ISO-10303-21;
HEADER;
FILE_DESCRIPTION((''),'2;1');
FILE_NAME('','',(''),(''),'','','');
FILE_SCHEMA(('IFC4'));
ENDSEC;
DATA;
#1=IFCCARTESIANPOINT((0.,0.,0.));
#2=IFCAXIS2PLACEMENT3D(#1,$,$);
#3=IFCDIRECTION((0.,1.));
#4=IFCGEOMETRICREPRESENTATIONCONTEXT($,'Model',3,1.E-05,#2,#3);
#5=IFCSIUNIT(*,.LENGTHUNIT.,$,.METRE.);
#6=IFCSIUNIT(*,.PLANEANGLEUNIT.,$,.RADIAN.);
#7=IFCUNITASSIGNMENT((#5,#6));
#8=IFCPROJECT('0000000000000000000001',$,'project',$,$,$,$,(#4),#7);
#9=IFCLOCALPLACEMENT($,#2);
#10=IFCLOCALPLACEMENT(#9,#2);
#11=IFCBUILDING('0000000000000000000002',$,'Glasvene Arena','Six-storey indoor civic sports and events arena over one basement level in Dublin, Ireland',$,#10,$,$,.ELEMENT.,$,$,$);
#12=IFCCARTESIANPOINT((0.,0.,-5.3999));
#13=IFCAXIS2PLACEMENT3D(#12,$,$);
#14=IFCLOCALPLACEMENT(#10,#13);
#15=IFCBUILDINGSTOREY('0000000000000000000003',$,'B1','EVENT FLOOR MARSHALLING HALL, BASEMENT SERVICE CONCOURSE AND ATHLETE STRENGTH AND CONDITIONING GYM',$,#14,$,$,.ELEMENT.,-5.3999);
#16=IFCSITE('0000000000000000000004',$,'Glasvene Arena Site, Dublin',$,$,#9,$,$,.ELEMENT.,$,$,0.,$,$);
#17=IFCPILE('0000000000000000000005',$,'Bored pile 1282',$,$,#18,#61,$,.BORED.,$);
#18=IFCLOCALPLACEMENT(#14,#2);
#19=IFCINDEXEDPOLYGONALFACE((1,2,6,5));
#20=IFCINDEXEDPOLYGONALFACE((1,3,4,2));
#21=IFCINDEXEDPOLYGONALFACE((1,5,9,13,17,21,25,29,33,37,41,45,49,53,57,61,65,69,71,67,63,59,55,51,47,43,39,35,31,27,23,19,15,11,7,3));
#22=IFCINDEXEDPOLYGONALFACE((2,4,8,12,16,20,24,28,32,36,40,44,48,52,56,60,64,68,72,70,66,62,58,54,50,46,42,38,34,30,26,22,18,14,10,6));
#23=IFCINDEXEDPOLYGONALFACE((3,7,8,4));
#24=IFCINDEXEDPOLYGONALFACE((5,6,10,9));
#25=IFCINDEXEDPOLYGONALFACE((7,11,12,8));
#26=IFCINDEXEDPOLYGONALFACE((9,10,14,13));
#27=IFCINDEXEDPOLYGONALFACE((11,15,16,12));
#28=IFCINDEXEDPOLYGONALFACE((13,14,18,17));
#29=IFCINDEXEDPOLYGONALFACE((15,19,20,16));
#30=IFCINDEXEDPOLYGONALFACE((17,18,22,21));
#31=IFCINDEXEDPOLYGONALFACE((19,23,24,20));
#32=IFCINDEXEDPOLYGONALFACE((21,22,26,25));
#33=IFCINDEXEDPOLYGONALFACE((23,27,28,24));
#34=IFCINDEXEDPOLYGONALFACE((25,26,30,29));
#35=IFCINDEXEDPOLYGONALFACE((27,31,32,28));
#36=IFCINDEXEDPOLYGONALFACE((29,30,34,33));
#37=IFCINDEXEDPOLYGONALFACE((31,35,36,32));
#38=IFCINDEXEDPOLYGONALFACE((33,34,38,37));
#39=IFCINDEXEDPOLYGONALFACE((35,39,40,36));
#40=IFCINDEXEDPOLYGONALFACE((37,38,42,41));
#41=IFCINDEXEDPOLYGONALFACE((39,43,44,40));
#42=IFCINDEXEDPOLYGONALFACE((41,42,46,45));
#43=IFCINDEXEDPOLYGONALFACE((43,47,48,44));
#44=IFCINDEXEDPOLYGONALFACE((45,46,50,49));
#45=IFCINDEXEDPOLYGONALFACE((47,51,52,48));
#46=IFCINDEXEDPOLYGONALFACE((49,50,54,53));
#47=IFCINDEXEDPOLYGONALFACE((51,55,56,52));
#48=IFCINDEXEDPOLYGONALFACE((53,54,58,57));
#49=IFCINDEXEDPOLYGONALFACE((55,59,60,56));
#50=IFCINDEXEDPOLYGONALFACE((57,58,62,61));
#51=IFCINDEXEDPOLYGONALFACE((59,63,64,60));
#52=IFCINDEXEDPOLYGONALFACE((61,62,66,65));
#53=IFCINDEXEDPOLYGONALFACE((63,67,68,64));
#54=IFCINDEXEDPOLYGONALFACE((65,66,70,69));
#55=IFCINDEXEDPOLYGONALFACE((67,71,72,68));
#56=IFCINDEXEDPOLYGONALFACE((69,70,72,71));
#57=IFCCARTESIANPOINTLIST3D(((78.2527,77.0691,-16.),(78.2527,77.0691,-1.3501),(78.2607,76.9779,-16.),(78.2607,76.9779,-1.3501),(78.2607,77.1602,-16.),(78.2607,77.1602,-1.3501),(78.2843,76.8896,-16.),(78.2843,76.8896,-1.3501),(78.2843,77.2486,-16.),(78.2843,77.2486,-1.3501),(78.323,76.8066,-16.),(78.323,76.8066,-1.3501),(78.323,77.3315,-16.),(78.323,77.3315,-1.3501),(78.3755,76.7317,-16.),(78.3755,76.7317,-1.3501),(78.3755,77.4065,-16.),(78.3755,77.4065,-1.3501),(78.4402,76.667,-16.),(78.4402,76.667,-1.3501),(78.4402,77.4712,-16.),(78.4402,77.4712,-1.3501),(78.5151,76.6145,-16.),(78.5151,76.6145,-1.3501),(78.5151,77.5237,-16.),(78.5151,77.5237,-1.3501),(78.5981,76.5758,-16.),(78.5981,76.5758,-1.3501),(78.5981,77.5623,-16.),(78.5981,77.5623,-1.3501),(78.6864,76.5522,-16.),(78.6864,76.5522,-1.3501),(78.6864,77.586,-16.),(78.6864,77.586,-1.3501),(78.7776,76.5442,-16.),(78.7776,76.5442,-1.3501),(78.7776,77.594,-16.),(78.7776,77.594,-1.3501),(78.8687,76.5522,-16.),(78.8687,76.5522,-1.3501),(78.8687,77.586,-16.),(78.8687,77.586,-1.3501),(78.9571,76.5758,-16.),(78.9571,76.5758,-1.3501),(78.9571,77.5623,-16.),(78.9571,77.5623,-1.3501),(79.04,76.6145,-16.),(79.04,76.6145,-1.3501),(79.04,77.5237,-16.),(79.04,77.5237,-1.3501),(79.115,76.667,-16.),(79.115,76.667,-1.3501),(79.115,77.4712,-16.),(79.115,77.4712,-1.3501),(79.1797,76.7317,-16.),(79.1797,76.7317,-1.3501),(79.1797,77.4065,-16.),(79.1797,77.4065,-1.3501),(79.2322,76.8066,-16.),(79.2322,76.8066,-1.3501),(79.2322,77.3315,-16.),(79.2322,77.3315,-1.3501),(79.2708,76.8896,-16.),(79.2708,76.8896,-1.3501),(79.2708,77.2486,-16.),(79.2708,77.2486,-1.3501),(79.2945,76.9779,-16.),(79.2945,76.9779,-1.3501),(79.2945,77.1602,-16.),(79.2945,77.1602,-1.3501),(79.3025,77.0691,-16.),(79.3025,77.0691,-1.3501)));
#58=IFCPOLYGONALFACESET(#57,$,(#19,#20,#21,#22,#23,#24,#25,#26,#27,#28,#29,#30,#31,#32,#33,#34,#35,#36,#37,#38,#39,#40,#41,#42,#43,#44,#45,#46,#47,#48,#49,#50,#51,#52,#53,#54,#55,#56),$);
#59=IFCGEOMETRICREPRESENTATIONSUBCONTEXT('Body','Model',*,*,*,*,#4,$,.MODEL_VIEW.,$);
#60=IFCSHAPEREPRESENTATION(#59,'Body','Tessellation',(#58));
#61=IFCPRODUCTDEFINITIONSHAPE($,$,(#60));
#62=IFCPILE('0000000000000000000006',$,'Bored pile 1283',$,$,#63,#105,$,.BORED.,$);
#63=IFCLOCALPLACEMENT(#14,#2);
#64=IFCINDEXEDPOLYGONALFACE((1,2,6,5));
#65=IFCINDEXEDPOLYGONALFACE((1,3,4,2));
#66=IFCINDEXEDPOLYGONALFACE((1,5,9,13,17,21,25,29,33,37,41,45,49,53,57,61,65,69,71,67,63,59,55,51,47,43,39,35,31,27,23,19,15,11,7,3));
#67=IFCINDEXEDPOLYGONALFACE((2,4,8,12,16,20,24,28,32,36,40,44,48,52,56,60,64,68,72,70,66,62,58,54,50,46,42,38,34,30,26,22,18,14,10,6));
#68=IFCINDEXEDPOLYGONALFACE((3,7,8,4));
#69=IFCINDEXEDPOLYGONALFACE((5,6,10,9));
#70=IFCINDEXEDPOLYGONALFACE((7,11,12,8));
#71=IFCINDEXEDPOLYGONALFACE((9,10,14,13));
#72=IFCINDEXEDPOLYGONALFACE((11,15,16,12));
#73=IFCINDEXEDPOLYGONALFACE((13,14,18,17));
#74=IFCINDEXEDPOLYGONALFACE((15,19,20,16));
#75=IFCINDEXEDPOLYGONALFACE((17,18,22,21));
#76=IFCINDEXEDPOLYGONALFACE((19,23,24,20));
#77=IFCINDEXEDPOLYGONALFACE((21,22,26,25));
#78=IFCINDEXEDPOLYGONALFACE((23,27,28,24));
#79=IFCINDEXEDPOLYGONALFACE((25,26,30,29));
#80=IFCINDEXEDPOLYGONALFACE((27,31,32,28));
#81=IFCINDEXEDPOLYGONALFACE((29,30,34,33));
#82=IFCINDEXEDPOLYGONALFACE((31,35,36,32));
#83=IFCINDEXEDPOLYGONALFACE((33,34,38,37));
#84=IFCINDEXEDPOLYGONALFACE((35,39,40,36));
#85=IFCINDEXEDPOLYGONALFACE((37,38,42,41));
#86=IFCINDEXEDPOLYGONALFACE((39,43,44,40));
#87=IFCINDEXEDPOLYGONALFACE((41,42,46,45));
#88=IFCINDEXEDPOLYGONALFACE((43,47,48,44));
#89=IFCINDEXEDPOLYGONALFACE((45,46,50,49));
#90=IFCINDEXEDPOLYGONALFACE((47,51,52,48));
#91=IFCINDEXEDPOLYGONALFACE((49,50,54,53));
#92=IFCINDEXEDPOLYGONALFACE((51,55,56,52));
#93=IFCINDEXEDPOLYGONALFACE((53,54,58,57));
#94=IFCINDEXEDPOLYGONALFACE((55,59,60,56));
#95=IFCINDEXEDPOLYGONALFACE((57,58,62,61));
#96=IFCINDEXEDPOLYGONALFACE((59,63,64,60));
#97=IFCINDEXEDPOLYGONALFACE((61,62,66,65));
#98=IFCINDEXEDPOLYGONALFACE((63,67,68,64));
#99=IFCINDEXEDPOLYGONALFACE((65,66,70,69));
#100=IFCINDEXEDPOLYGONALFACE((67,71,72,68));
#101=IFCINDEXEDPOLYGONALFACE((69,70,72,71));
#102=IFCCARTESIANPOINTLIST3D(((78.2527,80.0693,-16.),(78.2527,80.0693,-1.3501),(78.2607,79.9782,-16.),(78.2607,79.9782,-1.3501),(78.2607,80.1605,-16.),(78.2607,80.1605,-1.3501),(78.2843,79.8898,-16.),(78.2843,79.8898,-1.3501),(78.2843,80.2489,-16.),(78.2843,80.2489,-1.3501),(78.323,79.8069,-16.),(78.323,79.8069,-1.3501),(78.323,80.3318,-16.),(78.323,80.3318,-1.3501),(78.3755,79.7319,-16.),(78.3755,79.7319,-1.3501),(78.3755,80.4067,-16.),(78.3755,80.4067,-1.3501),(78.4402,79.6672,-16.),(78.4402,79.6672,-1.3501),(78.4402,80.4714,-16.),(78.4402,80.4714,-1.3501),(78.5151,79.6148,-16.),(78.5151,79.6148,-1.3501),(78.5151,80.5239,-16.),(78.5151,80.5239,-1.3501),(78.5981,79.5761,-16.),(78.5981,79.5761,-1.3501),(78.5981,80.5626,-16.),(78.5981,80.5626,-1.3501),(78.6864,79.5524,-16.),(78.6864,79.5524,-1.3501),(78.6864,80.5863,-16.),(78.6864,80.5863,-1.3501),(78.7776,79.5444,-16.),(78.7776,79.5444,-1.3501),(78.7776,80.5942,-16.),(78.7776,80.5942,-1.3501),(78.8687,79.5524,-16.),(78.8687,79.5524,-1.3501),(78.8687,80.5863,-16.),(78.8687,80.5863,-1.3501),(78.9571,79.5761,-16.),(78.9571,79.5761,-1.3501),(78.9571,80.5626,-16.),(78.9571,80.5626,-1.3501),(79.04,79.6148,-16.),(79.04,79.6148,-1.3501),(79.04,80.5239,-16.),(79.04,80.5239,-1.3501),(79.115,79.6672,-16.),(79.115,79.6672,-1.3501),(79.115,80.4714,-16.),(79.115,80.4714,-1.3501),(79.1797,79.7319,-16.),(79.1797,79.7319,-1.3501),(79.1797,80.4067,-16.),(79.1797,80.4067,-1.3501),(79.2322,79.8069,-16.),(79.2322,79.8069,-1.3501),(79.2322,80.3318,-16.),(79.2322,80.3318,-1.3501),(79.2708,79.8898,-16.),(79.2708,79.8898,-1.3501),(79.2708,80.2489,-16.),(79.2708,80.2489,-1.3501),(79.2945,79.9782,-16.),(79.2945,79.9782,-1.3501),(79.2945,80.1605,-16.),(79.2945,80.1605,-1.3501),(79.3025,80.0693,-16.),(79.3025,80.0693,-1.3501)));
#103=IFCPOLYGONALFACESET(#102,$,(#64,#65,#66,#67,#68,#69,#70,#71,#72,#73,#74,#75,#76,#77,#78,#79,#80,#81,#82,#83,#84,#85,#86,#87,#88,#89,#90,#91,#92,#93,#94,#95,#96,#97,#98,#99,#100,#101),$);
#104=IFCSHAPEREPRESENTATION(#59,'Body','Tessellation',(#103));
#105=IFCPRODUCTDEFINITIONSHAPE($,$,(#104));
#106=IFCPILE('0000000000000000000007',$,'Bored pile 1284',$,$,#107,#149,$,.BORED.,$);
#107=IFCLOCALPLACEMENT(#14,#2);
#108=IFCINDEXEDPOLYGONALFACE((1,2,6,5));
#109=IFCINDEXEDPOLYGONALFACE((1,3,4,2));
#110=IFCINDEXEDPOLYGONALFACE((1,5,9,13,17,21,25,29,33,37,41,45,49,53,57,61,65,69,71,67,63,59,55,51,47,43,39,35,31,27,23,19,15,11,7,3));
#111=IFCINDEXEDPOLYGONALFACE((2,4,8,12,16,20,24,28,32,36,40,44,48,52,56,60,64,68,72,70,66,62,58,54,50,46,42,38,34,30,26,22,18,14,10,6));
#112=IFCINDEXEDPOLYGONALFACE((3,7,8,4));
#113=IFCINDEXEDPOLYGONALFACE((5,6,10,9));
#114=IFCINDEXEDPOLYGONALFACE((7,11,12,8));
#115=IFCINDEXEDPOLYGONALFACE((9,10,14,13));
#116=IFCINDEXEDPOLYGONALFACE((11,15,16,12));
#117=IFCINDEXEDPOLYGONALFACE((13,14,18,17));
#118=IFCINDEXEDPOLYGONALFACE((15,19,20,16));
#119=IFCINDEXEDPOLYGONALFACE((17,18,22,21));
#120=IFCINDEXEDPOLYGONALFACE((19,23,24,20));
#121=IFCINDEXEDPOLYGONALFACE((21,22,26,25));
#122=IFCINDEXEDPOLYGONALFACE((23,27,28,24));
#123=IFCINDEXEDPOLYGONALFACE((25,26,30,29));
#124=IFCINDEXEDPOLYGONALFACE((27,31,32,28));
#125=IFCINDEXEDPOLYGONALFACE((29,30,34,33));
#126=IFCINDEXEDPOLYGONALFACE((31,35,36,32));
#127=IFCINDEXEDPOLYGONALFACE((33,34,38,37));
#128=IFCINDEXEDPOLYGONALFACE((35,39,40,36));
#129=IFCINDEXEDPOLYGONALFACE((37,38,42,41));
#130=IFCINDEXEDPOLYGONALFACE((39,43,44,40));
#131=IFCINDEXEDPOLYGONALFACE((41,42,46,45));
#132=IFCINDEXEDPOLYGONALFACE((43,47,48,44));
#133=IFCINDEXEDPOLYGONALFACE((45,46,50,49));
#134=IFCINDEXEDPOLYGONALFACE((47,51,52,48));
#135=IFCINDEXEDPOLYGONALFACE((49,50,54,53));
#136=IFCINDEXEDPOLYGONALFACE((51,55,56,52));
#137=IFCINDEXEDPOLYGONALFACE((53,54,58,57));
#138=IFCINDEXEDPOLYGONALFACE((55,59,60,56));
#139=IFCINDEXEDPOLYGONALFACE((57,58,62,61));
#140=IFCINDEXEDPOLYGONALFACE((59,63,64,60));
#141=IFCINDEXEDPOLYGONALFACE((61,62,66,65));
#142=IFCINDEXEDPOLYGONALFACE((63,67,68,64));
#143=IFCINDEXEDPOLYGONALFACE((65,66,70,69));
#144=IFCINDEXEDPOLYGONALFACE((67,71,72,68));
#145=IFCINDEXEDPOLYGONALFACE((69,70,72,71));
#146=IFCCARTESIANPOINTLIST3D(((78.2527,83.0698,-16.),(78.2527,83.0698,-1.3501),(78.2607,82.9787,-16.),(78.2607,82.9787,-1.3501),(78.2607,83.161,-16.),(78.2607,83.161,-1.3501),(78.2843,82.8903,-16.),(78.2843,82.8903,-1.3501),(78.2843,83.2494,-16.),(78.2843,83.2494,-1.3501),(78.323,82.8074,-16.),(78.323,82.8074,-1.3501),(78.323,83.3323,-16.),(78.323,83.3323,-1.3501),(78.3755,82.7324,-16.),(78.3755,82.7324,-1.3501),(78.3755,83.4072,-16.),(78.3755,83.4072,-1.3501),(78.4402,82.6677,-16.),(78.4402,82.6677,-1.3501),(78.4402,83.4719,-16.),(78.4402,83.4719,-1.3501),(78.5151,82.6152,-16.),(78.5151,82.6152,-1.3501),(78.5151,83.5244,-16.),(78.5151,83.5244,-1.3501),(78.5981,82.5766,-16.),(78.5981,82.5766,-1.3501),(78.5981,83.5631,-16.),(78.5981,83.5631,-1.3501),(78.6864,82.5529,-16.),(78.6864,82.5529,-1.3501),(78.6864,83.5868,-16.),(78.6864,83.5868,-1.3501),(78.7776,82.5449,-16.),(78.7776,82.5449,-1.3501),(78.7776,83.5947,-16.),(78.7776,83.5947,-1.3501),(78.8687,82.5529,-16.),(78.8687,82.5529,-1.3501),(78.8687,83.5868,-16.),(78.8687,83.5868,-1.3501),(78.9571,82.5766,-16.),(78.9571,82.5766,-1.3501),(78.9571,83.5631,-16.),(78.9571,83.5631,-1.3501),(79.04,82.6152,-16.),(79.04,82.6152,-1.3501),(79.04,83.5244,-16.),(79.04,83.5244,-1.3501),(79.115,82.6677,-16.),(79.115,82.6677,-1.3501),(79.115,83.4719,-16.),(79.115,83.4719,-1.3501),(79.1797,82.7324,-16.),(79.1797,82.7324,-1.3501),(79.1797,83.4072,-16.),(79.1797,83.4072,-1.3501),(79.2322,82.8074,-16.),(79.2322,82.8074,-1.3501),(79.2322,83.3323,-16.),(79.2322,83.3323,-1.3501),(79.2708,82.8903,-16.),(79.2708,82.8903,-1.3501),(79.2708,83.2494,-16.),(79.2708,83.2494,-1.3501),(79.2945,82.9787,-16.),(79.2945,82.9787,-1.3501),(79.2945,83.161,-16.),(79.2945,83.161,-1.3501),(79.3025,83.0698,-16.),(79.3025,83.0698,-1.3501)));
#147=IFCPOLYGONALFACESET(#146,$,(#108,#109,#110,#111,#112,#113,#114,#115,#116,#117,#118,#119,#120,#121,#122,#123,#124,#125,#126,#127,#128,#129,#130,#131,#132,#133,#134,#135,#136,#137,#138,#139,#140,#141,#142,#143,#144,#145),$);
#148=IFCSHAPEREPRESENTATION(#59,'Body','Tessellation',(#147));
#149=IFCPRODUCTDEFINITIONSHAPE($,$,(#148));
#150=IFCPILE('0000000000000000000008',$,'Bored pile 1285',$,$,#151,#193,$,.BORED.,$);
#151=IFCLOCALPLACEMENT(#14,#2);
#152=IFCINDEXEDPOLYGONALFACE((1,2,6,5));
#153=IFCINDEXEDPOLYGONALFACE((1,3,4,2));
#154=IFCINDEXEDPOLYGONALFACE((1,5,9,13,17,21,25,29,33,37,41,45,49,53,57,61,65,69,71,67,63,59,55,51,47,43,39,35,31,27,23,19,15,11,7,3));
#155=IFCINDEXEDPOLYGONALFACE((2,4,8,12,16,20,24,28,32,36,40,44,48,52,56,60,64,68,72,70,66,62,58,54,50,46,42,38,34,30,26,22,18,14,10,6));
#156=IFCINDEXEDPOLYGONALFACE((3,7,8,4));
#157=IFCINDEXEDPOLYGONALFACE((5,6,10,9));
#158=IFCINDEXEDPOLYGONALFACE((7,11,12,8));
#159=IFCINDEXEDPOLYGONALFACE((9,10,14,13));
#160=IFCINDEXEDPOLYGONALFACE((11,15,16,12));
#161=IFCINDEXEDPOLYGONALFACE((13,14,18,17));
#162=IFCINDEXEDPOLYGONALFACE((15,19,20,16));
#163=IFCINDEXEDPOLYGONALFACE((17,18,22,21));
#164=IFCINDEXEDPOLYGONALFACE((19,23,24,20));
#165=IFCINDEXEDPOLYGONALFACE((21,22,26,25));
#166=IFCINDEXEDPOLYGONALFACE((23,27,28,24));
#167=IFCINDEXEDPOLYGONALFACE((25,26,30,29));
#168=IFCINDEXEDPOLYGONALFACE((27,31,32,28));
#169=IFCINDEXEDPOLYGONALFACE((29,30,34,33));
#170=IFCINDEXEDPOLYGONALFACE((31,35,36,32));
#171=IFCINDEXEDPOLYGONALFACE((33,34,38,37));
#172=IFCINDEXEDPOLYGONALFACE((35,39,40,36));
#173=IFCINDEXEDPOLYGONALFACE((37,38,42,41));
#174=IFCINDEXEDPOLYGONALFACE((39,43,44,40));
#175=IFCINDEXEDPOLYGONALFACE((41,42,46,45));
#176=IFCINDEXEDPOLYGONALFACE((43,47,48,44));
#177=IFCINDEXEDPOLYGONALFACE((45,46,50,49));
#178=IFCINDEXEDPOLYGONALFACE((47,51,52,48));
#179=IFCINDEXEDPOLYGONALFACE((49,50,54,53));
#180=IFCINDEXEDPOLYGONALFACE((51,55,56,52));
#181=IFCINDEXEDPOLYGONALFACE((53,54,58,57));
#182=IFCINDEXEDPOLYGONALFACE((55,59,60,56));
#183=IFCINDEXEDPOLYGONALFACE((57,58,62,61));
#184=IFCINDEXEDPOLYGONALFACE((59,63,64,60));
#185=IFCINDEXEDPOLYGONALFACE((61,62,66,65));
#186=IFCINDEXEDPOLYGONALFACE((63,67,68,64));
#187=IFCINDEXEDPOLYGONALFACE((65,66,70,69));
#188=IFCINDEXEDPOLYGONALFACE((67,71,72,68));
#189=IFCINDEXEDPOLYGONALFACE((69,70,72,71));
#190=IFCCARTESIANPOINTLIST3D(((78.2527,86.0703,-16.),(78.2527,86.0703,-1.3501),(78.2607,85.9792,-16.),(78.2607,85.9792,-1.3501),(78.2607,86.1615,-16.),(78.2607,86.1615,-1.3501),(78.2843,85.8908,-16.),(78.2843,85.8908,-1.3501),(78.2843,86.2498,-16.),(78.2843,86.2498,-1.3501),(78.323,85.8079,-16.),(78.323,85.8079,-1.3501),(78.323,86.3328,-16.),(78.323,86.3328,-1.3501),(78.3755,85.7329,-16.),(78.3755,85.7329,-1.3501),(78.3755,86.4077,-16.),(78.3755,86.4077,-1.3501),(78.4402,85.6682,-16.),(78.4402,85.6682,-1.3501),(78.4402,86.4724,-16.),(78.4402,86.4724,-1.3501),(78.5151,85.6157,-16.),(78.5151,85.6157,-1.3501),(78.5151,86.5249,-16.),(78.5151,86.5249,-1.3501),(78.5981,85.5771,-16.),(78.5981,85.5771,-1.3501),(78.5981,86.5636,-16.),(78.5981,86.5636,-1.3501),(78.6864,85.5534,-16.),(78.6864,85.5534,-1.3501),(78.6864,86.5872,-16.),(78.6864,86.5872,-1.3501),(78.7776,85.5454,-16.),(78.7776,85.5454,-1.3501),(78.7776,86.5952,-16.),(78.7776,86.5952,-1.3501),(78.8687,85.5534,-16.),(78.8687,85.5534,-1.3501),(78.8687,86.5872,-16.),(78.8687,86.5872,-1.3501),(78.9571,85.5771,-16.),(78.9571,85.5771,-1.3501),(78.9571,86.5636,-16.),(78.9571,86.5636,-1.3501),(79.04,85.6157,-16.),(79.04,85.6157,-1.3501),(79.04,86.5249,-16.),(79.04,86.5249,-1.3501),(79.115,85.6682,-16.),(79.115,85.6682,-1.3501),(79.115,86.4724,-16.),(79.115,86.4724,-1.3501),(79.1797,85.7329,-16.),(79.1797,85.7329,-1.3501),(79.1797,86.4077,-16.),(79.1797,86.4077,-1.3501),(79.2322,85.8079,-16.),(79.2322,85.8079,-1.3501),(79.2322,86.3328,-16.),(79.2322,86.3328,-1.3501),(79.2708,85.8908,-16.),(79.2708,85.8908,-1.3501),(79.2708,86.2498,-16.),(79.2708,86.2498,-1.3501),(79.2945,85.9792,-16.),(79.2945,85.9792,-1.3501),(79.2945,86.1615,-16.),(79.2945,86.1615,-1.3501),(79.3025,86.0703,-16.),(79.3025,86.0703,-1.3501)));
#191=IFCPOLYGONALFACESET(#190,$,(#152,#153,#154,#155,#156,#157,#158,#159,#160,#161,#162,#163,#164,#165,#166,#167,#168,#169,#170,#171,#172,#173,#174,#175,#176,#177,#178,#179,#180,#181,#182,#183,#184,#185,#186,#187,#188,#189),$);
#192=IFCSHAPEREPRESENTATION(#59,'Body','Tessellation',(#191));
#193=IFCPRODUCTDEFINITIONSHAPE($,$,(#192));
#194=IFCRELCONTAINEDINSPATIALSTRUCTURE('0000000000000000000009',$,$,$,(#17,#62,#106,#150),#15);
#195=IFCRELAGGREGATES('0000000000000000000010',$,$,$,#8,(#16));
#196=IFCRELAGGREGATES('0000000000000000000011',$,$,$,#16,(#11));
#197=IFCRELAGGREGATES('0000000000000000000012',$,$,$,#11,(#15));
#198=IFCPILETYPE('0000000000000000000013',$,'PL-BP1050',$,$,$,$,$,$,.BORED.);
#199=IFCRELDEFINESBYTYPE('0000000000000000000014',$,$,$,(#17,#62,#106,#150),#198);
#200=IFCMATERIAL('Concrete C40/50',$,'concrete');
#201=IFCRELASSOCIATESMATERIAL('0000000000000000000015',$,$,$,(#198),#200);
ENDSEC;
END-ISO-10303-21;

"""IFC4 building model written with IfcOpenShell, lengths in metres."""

from ifc_helpers import new_model, si_unit, direction, frame, origin, origin_2d, place, context, subcontext, project, spatial, circle, extrude, material, material_profile, profile_set, type_object, element, save


model = new_model("IFC4")

# Units and contexts
model_context = context("Model", 3, precision=1e-05, world=origin(), true_north=direction((0.0, 1.0)))
body_context = subcontext(model_context, "Body", "Model", "MODEL_VIEW")
ifc_project = project(units=[si_unit("LENGTHUNIT", "METRE"), si_unit("PLANEANGLEUNIT", "RADIAN")], contexts=[model_context])

# Site, building, storey
site_placement = place(None, origin())
site = spatial("IfcSite", under=ifc_project, at=site_placement, Name="Glasvene Arena Site, Dublin", CompositionType="ELEMENT", RefElevation=0.0)
building_placement = place(site_placement, origin())
building = spatial("IfcBuilding", under=site, at=building_placement, Name="Glasvene Arena", Description="Six-storey indoor civic sports and events arena over one basement level in Dublin, Ireland", CompositionType="ELEMENT")
storey_placement = place(building_placement, frame((0.0, 0.0, -5.3999)))
storey = spatial("IfcBuildingStorey", under=building, at=storey_placement, Name="B1", Description="EVENT FLOOR MARSHALLING HALL, BASEMENT SERVICE CONCOURSE AND ATHLETE STRENGTH AND CONDITIONING GYM", CompositionType="ELEMENT", Elevation=-5.3999)

# Piles
ifc_material = material(Name="Concrete C40/50", Category="concrete")
ifc_material_profile = material_profile(ifc_material, circle(Radius=0.5249, at=origin_2d()), Name="BORED PILE 1050")
ifc_profile_set = profile_set([ifc_material_profile], Name="Concrete C40/50")
pile_type = type_object("IfcPileType", Name="PL-BP1050", PredefinedType="BORED", material=ifc_profile_set)
for number, where, z_axis, x_axis, name in (
    (1, (78.7776, 77.0691, -1.3501), (0.0, 0.0, -1.0), (1.0, 0.0, 0.0), "Bored pile 1282"),
    (2, (78.7776, 80.0693, -1.3501), (0.0, 0.0, -1.0), (1.0, 0.0, 0.0), "Bored pile 1283"),
    (3, (78.7776, 83.0698, -1.3501), (0.0, 0.0, -1.0), (1.0, 0.0, 0.0), "Bored pile 1284"),
    (4, (78.7776, 86.0703, -1.3501), (0.0, 0.0, -1.0), (1.0, 0.0, 0.0), "Bored pile 1285"),
):
    element("IfcPile", number, at=place(storey_placement, frame(where, z_axis=z_axis, x_axis=x_axis)), inside=storey, type_object=pile_type, Name=name, PredefinedType="BORED", context=body_context, shape_type="SweptSolid", body=[
        extrude(circle(Radius=0.5249, at=origin_2d()), origin(), (0.0, 0.0, 1.0), 14.6499),
    ])

save(model, "model.ifc")
